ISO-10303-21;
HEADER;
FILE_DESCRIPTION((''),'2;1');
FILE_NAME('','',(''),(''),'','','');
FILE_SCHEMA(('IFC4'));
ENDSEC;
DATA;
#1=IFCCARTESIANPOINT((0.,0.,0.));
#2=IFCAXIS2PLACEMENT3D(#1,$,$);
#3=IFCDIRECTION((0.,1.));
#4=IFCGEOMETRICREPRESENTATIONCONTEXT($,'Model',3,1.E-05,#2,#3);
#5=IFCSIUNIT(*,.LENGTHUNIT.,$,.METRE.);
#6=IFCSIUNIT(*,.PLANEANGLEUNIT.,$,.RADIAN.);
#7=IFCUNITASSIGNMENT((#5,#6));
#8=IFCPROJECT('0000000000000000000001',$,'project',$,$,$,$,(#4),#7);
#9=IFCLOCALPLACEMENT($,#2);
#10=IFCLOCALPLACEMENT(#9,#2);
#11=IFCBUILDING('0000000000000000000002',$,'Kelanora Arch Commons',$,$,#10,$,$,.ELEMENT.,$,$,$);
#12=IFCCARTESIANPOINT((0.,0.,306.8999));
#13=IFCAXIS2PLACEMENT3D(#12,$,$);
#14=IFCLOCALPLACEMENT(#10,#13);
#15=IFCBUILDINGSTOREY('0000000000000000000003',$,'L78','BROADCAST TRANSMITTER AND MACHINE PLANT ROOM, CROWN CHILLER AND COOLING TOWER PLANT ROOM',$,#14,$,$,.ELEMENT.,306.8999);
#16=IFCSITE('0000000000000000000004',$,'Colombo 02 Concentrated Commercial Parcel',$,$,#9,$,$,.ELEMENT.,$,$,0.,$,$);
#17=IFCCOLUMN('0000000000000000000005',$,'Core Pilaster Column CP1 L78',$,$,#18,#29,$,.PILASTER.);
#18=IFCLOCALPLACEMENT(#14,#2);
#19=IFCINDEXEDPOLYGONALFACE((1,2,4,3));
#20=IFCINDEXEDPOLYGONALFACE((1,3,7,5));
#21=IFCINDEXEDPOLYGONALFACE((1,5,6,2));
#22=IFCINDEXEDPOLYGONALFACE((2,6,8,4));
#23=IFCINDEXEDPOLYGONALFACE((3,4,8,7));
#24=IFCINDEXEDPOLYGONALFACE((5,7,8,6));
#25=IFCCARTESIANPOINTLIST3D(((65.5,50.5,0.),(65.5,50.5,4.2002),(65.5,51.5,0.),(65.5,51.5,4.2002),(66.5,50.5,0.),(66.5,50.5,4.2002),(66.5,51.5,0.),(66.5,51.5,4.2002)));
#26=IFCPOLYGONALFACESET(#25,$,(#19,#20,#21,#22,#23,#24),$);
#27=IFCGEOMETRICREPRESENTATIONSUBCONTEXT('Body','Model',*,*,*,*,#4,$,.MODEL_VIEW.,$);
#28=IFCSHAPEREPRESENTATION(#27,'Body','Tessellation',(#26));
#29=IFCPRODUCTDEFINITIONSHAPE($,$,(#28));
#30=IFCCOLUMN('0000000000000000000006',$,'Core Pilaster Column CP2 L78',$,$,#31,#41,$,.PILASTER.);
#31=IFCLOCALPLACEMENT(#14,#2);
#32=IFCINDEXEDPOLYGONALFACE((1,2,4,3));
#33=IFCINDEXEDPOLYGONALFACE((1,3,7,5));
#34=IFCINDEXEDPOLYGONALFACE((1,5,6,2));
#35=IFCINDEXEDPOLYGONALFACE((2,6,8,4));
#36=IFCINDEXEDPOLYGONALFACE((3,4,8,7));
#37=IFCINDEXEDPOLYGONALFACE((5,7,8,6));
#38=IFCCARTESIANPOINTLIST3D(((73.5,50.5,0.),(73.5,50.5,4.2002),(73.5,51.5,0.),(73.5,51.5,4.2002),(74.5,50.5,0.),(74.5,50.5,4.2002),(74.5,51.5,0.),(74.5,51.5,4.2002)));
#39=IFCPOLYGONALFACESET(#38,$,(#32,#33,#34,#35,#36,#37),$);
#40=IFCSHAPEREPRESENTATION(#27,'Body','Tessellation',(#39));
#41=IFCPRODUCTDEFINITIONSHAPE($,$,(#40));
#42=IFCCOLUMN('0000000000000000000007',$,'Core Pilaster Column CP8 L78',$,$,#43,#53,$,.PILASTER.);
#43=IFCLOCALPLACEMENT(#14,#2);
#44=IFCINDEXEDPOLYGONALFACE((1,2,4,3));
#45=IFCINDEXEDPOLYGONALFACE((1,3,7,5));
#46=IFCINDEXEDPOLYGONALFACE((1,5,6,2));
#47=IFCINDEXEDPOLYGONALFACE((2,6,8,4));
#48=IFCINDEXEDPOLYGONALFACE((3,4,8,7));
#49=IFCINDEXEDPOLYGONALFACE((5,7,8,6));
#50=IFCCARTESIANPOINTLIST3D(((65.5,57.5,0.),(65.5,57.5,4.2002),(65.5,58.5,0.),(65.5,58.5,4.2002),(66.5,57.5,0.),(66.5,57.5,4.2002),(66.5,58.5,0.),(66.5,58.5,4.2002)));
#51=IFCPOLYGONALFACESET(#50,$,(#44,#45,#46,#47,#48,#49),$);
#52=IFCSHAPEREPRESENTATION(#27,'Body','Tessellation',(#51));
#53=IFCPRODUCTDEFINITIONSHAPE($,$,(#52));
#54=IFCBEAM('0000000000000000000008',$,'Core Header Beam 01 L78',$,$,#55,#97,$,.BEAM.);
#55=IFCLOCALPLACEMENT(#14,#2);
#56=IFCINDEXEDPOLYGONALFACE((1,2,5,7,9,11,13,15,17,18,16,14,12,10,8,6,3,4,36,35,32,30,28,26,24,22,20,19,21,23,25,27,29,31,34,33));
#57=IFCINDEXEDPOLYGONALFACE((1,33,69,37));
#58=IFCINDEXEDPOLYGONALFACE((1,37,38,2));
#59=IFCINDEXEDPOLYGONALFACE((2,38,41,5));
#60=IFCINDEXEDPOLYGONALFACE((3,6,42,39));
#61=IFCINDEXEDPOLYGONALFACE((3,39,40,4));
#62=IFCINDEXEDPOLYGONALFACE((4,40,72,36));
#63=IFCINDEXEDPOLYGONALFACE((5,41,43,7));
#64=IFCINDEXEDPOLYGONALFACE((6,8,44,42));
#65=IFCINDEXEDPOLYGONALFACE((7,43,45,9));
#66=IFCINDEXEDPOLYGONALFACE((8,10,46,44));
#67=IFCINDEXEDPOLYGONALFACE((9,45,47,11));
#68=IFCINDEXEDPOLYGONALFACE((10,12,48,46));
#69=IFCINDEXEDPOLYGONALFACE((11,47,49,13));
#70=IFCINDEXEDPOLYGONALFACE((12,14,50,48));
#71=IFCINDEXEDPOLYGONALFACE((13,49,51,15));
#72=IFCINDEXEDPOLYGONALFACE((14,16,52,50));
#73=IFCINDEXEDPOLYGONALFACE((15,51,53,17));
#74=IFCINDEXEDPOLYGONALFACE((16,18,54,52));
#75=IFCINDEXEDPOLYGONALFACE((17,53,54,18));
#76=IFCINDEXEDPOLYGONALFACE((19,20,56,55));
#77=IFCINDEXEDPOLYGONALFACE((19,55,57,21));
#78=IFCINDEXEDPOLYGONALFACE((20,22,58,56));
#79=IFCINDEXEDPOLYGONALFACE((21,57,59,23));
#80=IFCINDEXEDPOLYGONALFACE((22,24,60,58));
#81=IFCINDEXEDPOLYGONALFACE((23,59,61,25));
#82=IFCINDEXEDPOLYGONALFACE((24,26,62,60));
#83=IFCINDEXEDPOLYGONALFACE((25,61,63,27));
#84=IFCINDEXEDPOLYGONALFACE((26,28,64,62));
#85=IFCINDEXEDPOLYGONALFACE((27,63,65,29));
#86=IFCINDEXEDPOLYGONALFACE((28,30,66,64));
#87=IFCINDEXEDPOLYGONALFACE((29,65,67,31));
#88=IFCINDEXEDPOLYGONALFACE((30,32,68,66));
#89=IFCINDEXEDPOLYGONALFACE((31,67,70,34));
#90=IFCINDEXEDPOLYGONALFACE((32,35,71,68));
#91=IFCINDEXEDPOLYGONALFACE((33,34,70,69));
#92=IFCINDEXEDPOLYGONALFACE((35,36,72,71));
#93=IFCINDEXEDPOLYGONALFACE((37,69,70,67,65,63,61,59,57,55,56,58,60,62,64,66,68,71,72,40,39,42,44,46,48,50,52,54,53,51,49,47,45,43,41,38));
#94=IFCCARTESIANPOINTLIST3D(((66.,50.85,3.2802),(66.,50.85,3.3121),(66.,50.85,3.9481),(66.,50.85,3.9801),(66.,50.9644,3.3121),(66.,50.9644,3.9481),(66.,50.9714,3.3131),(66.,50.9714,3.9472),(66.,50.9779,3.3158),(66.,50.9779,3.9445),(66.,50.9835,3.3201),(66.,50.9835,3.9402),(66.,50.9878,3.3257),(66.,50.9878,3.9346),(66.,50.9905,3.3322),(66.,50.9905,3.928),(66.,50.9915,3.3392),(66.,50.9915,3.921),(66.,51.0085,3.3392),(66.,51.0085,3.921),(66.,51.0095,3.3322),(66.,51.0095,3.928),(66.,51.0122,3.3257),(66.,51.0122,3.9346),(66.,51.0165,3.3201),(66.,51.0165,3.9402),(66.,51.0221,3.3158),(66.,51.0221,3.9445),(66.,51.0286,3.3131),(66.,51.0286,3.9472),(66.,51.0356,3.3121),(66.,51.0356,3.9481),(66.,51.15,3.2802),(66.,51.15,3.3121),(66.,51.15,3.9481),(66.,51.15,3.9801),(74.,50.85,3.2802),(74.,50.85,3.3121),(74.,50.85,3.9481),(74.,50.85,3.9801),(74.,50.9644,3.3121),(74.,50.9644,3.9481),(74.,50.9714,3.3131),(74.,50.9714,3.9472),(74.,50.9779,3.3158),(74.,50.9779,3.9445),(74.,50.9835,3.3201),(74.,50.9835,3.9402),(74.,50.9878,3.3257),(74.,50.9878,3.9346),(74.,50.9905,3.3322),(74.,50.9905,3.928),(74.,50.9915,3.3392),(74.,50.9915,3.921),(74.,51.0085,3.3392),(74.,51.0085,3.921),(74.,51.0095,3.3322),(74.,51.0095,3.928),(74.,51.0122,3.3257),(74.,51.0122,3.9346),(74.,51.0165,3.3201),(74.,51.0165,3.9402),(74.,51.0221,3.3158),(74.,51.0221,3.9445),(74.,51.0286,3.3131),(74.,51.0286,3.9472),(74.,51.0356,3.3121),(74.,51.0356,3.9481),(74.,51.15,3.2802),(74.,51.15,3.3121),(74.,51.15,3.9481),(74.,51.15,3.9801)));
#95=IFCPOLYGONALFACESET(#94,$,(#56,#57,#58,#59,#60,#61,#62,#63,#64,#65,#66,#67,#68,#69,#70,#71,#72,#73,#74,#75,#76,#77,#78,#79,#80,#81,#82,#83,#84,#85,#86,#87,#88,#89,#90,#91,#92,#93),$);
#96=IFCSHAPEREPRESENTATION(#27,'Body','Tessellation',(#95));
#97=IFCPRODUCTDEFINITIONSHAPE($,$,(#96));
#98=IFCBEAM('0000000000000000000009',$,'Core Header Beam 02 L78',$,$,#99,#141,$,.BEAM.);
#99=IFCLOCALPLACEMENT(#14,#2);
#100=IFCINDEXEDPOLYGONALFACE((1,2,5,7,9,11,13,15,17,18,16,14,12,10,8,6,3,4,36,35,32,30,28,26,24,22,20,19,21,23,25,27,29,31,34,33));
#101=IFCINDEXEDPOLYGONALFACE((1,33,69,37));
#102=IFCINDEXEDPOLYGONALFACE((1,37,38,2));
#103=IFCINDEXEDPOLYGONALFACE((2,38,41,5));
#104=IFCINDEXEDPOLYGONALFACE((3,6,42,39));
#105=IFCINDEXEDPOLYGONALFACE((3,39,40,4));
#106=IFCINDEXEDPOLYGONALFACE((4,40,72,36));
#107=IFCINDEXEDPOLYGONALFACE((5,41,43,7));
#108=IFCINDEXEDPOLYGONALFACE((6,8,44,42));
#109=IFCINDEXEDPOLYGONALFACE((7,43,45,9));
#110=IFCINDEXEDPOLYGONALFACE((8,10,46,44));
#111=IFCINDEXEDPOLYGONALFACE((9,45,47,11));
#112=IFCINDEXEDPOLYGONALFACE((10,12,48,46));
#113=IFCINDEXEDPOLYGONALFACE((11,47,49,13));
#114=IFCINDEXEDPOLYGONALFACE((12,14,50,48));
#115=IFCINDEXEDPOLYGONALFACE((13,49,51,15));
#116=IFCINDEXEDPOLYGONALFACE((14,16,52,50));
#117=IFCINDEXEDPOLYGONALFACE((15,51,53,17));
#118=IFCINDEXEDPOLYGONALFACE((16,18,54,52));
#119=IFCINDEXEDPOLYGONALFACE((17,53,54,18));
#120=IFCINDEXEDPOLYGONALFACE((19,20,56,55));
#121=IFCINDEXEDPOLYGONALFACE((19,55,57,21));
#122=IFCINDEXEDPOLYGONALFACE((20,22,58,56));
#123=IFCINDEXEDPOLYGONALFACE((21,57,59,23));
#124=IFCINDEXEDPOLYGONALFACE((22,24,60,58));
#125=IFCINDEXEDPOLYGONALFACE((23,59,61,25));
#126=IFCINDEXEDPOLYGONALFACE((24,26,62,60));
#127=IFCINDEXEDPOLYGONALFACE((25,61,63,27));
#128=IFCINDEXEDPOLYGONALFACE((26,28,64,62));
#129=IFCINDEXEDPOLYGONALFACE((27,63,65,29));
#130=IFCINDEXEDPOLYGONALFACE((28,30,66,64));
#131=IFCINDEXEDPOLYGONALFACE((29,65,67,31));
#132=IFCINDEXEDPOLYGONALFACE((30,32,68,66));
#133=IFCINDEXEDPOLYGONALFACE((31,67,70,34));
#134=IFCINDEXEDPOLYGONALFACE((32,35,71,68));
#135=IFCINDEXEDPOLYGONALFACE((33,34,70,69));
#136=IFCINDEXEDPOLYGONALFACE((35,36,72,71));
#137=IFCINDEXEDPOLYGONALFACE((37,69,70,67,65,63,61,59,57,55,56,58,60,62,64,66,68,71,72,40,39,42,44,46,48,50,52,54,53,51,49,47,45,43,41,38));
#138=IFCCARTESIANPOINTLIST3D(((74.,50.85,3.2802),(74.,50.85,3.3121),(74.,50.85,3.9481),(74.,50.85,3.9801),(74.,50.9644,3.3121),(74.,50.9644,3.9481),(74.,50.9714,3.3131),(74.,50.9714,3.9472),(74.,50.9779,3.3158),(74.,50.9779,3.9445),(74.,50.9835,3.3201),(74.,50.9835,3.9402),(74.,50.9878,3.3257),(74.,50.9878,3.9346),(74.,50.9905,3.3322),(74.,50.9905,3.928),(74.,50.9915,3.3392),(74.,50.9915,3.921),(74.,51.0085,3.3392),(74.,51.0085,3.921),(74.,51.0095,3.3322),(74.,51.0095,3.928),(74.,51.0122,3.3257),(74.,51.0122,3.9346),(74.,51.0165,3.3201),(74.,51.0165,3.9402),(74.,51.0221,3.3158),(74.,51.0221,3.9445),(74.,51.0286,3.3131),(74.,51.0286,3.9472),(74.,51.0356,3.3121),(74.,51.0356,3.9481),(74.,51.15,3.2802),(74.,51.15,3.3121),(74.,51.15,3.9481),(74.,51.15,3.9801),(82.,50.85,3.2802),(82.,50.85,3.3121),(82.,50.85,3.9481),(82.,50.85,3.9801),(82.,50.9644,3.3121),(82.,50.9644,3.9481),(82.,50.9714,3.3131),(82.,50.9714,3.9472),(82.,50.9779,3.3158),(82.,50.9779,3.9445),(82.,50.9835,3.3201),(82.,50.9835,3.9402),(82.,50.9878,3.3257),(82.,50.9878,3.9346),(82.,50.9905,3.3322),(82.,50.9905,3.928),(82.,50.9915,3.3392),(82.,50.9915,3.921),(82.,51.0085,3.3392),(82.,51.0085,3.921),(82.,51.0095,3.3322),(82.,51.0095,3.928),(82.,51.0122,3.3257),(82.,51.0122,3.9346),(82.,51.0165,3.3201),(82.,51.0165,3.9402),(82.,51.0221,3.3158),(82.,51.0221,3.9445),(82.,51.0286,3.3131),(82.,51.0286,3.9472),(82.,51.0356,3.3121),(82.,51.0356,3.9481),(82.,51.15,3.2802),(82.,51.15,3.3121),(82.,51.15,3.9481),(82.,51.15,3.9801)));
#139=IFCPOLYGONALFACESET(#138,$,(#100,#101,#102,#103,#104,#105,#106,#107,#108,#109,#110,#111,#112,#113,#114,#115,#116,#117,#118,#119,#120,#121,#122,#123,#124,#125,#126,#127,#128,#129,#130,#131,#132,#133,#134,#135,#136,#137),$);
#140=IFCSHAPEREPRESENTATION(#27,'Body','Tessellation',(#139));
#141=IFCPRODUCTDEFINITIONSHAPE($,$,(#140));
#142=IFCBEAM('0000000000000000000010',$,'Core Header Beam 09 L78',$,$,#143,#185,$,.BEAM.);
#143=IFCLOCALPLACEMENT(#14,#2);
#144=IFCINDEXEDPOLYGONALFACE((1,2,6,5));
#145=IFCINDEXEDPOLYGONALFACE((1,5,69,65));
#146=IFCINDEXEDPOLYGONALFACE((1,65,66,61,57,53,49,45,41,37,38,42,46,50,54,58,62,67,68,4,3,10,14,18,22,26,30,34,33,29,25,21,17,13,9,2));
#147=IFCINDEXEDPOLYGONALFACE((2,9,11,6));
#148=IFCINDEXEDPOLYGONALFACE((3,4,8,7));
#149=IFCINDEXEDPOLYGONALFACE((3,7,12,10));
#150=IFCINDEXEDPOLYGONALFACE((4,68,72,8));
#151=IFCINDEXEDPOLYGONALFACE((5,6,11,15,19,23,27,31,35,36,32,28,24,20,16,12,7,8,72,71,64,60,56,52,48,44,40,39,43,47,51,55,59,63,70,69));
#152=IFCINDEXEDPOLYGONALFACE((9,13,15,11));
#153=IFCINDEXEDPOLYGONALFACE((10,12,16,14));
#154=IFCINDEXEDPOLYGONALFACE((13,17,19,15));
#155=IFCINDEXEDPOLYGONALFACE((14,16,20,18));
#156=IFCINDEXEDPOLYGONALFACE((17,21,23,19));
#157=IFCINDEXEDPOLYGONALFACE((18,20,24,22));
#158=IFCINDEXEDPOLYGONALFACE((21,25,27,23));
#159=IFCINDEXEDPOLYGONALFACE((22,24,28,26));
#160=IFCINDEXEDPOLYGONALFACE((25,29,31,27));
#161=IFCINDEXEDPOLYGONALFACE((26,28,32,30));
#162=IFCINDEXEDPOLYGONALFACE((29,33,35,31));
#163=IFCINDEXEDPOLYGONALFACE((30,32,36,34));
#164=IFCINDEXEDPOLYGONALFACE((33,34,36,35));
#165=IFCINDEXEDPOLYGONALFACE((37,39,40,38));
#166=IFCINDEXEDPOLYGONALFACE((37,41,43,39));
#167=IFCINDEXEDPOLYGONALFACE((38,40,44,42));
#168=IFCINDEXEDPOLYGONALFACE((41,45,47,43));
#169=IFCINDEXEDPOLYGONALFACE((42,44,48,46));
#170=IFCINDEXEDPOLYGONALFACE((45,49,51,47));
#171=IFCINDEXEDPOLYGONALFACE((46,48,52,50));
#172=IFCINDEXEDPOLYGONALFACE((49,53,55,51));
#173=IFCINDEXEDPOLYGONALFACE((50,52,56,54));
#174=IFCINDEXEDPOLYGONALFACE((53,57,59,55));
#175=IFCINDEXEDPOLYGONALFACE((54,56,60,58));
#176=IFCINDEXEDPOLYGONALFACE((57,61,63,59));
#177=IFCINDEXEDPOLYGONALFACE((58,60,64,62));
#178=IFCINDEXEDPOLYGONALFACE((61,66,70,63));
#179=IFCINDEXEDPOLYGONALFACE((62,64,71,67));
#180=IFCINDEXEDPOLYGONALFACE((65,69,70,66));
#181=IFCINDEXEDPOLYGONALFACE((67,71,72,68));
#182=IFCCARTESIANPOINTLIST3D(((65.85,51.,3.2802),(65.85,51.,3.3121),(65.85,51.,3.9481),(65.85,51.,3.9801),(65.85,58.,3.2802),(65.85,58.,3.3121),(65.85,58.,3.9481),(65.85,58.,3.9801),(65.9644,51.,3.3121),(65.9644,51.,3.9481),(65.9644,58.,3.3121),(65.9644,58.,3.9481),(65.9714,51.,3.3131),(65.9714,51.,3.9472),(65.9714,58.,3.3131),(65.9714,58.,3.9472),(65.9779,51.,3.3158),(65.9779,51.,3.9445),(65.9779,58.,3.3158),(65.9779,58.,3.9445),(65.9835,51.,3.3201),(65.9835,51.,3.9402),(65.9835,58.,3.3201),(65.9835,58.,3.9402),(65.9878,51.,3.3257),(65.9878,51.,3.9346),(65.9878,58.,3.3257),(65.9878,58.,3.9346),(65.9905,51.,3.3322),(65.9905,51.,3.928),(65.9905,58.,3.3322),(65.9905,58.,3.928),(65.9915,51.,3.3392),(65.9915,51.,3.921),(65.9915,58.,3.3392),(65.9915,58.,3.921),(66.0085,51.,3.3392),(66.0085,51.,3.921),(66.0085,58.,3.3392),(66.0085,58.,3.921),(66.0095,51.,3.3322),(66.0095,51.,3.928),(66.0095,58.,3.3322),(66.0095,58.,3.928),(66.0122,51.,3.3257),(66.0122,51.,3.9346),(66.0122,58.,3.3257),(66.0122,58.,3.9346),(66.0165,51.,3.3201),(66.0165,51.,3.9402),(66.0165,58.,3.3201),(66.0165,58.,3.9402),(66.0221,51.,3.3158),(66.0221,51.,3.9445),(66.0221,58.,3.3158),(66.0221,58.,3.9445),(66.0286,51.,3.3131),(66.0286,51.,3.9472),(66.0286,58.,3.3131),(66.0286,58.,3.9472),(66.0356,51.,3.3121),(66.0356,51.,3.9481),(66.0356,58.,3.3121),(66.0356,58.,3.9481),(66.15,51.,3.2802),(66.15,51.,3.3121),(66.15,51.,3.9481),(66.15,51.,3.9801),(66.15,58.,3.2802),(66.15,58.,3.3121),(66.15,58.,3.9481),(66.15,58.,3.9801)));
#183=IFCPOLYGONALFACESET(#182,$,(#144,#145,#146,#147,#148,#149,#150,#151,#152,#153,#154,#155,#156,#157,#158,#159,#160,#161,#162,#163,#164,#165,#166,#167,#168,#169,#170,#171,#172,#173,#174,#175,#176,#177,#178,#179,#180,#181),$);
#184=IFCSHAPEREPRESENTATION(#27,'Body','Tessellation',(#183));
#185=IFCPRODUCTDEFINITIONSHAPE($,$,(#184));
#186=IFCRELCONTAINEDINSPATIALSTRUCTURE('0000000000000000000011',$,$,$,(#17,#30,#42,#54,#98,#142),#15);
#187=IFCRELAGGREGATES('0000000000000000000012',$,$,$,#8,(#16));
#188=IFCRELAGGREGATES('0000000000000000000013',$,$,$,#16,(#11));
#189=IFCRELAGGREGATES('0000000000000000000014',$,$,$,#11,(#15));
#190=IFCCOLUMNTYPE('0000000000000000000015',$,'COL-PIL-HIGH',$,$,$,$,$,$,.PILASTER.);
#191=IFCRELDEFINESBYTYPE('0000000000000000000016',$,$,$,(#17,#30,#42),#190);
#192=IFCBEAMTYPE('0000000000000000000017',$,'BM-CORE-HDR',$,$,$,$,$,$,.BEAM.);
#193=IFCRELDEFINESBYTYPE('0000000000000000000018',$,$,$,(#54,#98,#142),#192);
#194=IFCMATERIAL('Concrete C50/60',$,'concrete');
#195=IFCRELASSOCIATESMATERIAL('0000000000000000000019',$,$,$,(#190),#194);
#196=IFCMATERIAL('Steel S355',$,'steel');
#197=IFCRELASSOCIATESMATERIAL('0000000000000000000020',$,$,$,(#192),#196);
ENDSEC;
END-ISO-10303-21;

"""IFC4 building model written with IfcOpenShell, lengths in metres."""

from ifc_helpers import new_model, si_unit, direction, frame, origin, origin_2d, place, context, subcontext, project, spatial, rectangle, i_section, extrude, material, material_profile, profile_set, type_object, element, save


model = new_model("IFC4")

# Units and contexts
model_context = context("Model", 3, precision=1e-05, world=origin(), true_north=direction((0.0, 1.0)))
body_context = subcontext(model_context, "Body", "Model", "MODEL_VIEW")
ifc_project = project(units=[si_unit("LENGTHUNIT", "METRE"), si_unit("PLANEANGLEUNIT", "RADIAN")], contexts=[model_context])

# Site, building, storey
site_placement = place(None, origin())
site = spatial("IfcSite", under=ifc_project, at=site_placement, Name="Colombo 02 Concentrated Commercial Parcel", CompositionType="ELEMENT", RefElevation=0.0)
building_placement = place(site_placement, origin())
building = spatial("IfcBuilding", under=site, at=building_placement, Name="Kelanora Arch Commons", CompositionType="ELEMENT")
storey_placement = place(building_placement, frame((0.0, 0.0, 306.8999)))
storey = spatial("IfcBuildingStorey", under=building, at=storey_placement, Name="L78", Description="BROADCAST TRANSMITTER AND MACHINE PLANT ROOM, CROWN CHILLER AND COOLING TOWER PLANT ROOM", CompositionType="ELEMENT", Elevation=306.8999)

# Columns
ifc_material_1 = material(Name="Concrete C50/60", Category="concrete")
ifc_material_profile_1 = material_profile(ifc_material_1, rectangle(XDim=1.0, YDim=1.0, at=origin_2d()), Name="RC1000x1000")
ifc_profile_set_1 = profile_set([ifc_material_profile_1], Name="Concrete C50/60")
column_type = type_object("IfcColumnType", Name="COL-PIL-HIGH", PredefinedType="PILASTER", material=ifc_profile_set_1)
for number, where, z_axis, x_axis, name in (
    (1, (66.0, 51.0, 0.0), (0.0, 0.0, 1.0), (1.0, 0.0, 0.0), "Core Pilaster Column CP1 L78"),
    (2, (74.0, 51.0, 0.0), (0.0, 0.0, 1.0), (1.0, 0.0, 0.0), "Core Pilaster Column CP2 L78"),
    (3, (66.0, 58.0, 0.0), (0.0, 0.0, 1.0), (1.0, 0.0, 0.0), "Core Pilaster Column CP8 L78"),
):
    element("IfcColumn", number, at=place(storey_placement, frame(where, z_axis=z_axis, x_axis=x_axis)), inside=storey, type_object=column_type, Name=name, PredefinedType="PILASTER", context=body_context, shape_type="SweptSolid", body=[
        extrude(rectangle(XDim=1.0, YDim=1.0, at=origin_2d()), origin(), (0.0, 0.0, 1.0), 4.2002),
    ])

# Beams
ifc_material_2 = material(Name="Steel S355", Category="steel")
ifc_material_profile_2 = material_profile(ifc_material_2, i_section(OverallWidth=0.3, OverallDepth=0.7, WebThickness=0.0171, FlangeThickness=0.032, FilletRadius=0.0271, at=origin_2d()), Name="HEB700")
ifc_profile_set_2 = profile_set([ifc_material_profile_2], Name="Steel S355")
beam_type_1 = type_object("IfcBeamType", Name="BM-CORE-HDR", PredefinedType="BEAM", material=ifc_profile_set_2)
for number, where, z_axis, x_axis, name in (
    (4, (66.0, 51.0, 3.6301), (1.0, 0.0, 0.0), (0.0, 1.0, 0.0), "Core Header Beam 01 L78"),
    (5, (74.0, 51.0, 3.6301), (1.0, 0.0, 0.0), (0.0, 1.0, 0.0), "Core Header Beam 02 L78"),
):
    element("IfcBeam", number, at=place(storey_placement, frame(where, z_axis=z_axis, x_axis=x_axis)), inside=storey, type_object=beam_type_1, Name=name, PredefinedType="BEAM", context=body_context, shape_type="SweptSolid", body=[
        extrude(i_section(OverallWidth=0.3, OverallDepth=0.7, WebThickness=0.0171, FlangeThickness=0.032, FilletRadius=0.0271, at=origin_2d()), origin(), (0.0, 0.0, 1.0), 8.0),
    ])
beam_1_placement = place(storey_placement, frame((66.0, 58.0, 3.6301), z_axis=(0.0, -1.0, 0.0), x_axis=(1.0, 0.0, 0.0)))
element("IfcBeam", 6, at=beam_1_placement, inside=storey, type_object=beam_type_1, Name="Core Header Beam 09 L78", PredefinedType="BEAM", context=body_context, shape_type="SweptSolid", body=[
    extrude(i_section(OverallWidth=0.3, OverallDepth=0.7, WebThickness=0.0171, FlangeThickness=0.032, FilletRadius=0.0271, at=origin_2d()), origin(), (0.0, 0.0, 1.0), 7.0),
])

save(model, "model.ifc")
